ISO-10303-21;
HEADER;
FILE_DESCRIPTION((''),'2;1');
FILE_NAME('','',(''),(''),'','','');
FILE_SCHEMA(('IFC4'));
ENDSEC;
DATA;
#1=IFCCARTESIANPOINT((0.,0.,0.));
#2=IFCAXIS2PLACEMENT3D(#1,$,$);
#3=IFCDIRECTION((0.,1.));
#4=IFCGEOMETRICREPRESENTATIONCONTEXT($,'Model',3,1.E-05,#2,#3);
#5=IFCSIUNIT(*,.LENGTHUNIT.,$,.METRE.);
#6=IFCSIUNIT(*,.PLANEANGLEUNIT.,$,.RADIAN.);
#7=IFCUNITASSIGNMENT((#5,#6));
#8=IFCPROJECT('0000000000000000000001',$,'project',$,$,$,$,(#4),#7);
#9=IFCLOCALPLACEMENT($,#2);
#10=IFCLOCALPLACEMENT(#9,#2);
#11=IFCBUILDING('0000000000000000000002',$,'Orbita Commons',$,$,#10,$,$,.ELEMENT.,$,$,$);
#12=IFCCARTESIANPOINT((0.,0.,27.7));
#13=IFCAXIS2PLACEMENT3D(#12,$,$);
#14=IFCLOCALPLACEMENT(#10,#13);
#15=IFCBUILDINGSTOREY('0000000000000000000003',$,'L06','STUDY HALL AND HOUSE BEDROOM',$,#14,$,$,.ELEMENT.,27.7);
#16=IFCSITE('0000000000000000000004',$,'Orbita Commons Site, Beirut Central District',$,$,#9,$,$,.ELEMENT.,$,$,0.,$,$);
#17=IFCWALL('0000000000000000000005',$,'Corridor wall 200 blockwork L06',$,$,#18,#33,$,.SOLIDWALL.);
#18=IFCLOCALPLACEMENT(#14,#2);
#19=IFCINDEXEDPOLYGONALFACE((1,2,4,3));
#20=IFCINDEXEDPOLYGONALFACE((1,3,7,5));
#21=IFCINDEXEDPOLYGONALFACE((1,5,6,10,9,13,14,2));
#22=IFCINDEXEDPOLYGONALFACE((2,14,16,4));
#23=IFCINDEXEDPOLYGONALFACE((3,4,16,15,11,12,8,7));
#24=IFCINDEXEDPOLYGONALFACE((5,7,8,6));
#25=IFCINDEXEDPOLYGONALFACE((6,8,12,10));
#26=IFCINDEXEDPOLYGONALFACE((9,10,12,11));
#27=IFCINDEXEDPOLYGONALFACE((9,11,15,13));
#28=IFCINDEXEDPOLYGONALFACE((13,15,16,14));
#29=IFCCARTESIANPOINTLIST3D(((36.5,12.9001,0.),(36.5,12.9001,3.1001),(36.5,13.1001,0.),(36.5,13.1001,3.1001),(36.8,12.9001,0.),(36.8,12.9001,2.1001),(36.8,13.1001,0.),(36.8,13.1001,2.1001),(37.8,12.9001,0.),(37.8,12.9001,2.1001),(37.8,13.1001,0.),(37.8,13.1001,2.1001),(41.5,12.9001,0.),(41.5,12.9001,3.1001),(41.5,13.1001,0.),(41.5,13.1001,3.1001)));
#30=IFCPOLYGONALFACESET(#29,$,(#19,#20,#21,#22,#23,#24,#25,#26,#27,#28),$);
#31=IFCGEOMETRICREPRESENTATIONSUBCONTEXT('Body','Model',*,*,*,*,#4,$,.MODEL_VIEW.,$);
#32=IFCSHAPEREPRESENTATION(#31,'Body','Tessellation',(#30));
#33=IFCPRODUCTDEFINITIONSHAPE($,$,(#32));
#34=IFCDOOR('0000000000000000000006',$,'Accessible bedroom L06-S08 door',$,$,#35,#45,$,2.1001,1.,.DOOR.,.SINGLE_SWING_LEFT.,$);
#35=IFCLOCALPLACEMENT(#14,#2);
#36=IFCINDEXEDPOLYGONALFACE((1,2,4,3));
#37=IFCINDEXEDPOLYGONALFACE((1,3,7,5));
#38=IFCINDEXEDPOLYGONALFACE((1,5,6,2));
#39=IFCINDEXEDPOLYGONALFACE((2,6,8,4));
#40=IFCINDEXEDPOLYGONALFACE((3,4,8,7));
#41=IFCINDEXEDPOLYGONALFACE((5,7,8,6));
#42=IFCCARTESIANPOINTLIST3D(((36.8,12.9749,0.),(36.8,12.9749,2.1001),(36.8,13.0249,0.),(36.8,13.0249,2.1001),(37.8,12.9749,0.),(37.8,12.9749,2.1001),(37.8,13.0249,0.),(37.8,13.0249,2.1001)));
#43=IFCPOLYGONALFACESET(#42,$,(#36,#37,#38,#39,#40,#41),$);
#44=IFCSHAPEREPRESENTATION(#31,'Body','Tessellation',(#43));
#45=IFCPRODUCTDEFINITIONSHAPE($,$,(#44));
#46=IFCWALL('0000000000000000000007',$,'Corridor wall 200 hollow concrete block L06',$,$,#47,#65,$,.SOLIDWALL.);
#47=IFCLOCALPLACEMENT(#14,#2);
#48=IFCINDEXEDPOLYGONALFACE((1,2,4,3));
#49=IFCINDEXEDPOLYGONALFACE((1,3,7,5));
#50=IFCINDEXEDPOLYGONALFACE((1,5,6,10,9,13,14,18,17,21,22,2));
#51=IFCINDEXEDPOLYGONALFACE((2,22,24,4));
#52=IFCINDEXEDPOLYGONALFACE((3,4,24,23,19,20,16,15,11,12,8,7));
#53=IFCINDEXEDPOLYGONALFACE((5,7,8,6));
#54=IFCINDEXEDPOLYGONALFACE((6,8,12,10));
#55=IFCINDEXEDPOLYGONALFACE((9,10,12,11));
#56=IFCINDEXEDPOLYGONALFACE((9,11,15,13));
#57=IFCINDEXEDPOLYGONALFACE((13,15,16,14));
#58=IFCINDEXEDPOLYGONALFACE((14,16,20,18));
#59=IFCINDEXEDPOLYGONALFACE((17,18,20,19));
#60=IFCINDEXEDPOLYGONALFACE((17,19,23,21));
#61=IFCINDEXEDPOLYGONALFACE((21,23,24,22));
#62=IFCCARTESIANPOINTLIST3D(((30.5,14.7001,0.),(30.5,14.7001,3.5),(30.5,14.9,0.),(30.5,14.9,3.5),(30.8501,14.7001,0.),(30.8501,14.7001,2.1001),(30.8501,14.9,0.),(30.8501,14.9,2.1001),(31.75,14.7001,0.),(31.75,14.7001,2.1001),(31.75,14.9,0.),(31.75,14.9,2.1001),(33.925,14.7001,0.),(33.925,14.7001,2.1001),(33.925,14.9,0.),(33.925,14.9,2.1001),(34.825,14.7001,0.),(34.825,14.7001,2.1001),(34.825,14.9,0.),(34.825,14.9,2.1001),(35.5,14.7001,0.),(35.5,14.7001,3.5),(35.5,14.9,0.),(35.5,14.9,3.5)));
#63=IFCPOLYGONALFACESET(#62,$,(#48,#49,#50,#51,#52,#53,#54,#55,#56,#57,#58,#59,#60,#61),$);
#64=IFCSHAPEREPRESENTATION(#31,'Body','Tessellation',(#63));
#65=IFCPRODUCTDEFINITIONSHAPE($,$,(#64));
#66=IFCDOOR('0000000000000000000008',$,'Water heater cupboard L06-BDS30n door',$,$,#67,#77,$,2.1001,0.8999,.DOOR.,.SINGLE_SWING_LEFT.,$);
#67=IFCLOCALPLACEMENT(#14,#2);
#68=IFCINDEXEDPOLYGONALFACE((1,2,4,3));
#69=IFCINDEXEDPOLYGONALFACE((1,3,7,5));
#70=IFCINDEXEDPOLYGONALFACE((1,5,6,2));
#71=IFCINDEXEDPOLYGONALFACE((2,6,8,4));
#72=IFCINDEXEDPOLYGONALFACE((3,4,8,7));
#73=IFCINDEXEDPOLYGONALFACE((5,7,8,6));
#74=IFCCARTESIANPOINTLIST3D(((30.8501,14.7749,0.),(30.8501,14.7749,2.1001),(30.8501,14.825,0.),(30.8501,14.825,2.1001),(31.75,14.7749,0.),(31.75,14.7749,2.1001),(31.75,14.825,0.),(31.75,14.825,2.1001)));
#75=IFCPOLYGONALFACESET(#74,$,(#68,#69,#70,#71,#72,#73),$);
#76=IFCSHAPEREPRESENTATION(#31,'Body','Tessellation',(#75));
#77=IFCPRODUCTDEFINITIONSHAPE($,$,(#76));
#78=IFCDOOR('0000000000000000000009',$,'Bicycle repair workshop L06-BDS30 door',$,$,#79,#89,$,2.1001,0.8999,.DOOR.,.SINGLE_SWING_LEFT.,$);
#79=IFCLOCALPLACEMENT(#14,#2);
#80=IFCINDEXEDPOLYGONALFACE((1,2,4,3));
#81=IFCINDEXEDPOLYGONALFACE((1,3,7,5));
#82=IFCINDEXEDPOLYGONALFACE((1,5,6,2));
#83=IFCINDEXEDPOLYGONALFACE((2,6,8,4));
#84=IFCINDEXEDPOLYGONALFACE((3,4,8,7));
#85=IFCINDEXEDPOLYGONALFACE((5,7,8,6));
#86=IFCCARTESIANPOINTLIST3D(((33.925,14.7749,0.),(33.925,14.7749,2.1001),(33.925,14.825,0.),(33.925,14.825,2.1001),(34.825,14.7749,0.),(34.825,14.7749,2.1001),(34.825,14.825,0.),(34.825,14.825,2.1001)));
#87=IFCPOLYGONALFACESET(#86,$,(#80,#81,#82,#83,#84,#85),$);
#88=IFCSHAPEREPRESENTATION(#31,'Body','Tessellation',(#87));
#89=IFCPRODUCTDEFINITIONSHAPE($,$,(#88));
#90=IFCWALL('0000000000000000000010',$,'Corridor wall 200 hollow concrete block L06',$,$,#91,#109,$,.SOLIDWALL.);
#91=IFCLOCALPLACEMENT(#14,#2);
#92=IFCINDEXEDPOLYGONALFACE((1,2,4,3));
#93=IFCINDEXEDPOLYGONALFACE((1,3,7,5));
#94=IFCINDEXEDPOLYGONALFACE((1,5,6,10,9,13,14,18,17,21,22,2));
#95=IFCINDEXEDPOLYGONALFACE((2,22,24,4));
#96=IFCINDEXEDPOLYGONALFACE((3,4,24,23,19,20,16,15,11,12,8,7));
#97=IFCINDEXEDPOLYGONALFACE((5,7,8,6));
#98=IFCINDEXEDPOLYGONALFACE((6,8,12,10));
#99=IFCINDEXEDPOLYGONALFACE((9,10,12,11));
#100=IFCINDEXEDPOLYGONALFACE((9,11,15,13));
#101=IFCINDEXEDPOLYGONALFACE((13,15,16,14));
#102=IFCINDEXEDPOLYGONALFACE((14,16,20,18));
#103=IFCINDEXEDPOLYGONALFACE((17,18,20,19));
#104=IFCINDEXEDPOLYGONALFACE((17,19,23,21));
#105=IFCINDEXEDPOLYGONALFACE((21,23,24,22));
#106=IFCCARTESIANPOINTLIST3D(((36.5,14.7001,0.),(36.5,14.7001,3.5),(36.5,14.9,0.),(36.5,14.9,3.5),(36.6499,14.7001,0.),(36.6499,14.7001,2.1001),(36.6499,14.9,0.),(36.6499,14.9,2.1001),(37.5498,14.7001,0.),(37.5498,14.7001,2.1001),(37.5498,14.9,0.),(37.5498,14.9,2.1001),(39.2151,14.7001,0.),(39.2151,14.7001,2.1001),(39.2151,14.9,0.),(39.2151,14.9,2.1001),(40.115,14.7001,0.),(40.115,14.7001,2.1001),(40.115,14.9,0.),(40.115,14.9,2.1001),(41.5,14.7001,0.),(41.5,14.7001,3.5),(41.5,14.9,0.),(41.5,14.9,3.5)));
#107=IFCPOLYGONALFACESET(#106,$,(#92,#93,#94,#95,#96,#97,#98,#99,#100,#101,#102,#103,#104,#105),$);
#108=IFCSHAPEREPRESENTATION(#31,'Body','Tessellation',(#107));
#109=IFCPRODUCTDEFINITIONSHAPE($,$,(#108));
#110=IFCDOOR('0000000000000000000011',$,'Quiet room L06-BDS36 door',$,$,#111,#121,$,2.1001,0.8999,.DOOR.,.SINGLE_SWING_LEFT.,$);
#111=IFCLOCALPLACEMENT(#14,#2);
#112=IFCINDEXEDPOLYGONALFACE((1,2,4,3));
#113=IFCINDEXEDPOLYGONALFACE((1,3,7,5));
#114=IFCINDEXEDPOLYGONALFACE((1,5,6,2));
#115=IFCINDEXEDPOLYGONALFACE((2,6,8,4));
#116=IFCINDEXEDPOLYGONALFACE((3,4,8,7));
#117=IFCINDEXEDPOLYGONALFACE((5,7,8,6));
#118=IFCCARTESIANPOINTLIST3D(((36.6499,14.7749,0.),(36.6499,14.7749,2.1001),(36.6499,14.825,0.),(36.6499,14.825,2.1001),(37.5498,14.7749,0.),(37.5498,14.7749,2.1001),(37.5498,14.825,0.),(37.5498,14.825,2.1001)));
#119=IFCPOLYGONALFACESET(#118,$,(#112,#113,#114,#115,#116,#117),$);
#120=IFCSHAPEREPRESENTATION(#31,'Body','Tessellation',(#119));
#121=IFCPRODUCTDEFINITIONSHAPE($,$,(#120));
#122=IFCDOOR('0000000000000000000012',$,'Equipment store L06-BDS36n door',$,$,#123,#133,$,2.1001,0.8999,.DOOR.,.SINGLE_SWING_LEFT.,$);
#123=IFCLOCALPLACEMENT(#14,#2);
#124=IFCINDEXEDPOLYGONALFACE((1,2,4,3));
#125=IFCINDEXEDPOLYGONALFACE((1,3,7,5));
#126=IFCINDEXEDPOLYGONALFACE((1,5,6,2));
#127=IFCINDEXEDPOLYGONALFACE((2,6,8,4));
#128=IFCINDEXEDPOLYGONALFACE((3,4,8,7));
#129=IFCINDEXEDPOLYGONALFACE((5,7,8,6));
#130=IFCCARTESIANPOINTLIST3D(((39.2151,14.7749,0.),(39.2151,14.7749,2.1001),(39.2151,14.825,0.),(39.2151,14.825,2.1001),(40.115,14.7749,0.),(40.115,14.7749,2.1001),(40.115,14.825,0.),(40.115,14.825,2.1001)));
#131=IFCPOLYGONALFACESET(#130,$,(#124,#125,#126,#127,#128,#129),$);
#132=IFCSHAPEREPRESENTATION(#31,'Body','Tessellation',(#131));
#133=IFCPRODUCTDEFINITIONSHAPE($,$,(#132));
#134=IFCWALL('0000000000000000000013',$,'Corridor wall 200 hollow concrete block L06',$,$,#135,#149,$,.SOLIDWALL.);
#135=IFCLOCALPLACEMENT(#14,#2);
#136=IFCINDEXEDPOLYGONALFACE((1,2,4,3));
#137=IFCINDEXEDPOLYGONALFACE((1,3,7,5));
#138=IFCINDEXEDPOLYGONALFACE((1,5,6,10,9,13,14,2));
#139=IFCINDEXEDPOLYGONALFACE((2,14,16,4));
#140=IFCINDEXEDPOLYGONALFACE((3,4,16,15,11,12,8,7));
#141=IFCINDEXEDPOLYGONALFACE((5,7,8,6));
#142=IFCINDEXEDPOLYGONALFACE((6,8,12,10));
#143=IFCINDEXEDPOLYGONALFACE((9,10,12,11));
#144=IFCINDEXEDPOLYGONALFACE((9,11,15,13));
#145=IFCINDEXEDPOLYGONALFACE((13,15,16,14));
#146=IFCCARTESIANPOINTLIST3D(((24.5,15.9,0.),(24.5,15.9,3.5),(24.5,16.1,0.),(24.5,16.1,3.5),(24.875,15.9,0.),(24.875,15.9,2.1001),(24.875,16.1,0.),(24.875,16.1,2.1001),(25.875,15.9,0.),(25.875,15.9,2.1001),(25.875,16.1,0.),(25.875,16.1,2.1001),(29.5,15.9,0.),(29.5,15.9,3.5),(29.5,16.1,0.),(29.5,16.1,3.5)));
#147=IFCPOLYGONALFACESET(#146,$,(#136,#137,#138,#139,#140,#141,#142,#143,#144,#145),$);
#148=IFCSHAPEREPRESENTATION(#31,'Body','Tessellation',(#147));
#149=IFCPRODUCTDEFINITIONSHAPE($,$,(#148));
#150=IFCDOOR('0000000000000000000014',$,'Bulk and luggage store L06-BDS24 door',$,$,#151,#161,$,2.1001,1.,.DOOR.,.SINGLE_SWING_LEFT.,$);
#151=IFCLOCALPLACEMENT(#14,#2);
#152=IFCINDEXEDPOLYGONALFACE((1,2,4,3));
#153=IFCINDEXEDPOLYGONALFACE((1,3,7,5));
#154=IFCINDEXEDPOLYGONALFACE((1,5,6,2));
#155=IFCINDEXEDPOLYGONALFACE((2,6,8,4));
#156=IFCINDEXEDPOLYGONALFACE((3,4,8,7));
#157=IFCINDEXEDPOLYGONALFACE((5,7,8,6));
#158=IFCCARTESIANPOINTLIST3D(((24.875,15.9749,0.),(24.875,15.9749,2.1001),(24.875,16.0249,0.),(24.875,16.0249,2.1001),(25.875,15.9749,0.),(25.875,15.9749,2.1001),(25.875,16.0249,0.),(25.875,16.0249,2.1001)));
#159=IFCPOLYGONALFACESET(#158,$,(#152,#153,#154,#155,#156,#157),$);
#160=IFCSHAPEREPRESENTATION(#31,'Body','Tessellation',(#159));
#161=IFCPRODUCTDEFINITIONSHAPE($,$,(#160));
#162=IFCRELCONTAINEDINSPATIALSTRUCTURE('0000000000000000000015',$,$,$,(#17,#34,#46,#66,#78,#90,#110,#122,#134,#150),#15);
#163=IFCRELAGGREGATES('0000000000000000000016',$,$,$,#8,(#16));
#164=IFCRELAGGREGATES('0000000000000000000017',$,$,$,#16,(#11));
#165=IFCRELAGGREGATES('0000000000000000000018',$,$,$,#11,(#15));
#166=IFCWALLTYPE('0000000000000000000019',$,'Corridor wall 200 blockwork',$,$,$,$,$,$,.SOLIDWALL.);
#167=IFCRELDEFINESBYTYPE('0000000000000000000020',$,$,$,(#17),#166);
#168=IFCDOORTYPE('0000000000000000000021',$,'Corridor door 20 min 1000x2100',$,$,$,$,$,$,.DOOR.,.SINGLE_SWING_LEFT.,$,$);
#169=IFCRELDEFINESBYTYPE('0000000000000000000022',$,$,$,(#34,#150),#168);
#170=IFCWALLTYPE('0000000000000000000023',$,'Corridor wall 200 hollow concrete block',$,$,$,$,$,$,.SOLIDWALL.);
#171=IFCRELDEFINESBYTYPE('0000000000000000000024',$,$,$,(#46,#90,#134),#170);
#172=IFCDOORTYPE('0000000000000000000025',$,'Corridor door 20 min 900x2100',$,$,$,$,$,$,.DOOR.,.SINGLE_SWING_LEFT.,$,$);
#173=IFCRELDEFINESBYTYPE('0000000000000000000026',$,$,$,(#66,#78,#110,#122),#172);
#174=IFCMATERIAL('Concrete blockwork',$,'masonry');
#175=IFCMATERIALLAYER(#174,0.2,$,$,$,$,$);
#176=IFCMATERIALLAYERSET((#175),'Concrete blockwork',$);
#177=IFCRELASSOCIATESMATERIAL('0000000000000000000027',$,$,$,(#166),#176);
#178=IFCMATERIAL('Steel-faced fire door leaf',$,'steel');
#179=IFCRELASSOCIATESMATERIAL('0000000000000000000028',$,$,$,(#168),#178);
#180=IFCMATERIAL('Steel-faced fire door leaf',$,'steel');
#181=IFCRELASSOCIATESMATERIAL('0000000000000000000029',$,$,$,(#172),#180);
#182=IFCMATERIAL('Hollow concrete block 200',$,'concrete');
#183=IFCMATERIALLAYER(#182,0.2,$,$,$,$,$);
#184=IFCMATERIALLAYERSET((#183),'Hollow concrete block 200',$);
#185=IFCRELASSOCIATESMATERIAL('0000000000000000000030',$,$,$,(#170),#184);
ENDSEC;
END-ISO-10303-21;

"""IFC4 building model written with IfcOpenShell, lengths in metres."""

from ifc_helpers import new_model, si_unit, direction, frame, frame_2d, origin, place, context, subcontext, project, spatial, polyline, rectangle, outline, extrude, material, layer, layer_set, type_object, element, fill, save


model = new_model("IFC4")

# Units and contexts
model_context = context("Model", 3, precision=1e-05, world=origin(), true_north=direction((0.0, 1.0)))
body_context = subcontext(model_context, "Body", "Model", "MODEL_VIEW")
ifc_project = project(units=[si_unit("LENGTHUNIT", "METRE"), si_unit("PLANEANGLEUNIT", "RADIAN")], contexts=[model_context])

# Site, building, storey
site_placement = place(None, origin())
site = spatial("IfcSite", under=ifc_project, at=site_placement, Name="Orbita Commons Site, Beirut Central District", CompositionType="ELEMENT", RefElevation=0.0)
building_placement = place(site_placement, origin())
building = spatial("IfcBuilding", under=site, at=building_placement, Name="Orbita Commons", CompositionType="ELEMENT")
storey_placement = place(building_placement, frame((0.0, 0.0, 27.7)))
storey = spatial("IfcBuildingStorey", under=building, at=storey_placement, Name="L06", Description="STUDY HALL AND HOUSE BEDROOM", CompositionType="ELEMENT", Elevation=27.7)

# Shared definitions
ifc_material_1 = material(Name="Concrete blockwork", Category="masonry")
ifc_layer_1 = layer(ifc_material_1, 0.2)
ifc_layer_set_1 = layer_set([ifc_layer_1], Name="Concrete blockwork")
wall_type_1 = type_object("IfcWallType", Name="Corridor wall 200 blockwork", PredefinedType="SOLIDWALL", material=ifc_layer_set_1)
ifc_material_2 = material(Name="Steel-faced fire door leaf", Category="steel")
door_type_1 = type_object("IfcDoorType", Name="Corridor door 20 min 1000x2100", OperationType="SINGLE_SWING_LEFT", PredefinedType="DOOR", material=ifc_material_2)

# Shared definitions
ifc_material_3 = material(Name="Steel-faced fire door leaf", Category="steel")
door_type_2 = type_object("IfcDoorType", Name="Corridor door 20 min 900x2100", OperationType="SINGLE_SWING_LEFT", PredefinedType="DOOR", material=ifc_material_3)

# Wall, opening, door
wall_1_placement = place(storey_placement, frame((36.5, 13.0, 0.0), z_axis=(0.0, 0.0, 1.0), x_axis=(1.0, 0.0, 0.0)))
wall_1 = element("IfcWall", 1, at=wall_1_placement, inside=storey, type_object=wall_type_1, Name="Corridor wall 200 blockwork L06", PredefinedType="SOLIDWALL", context=body_context, shape_type="SweptSolid", body=[
    extrude(outline(polyline([(0.0, 0.0), (5.0, 0.0), (5.0, 3.1001), (0.0, 3.1001), (0.0, 0.0)])), frame((0.0, 0.1001, 0.0), z_axis=(0.0, -1.0, 0.0), x_axis=(1.0, 0.0, 0.0)), (0.0, 0.0, 1.0), 0.2),
])
opening_1_placement = place(wall_1_placement, frame((0.3, 0.0, 0.0)))
opening_1 = element("IfcOpeningElement", 2, at=opening_1_placement, cuts=wall_1, PredefinedType="OPENING", context=body_context, shape_type="SweptSolid", body=[
    extrude(rectangle(XDim=1.0, YDim=2.1001, at=frame_2d((0.5, 1.05))), frame((0.0, 0.1099, 0.0), z_axis=(0.0, -1.0, 0.0), x_axis=(1.0, 0.0, 0.0)), (0.0, 0.0, 1.0), 0.22),
])
door_1_placement = place(opening_1_placement, origin())
door_1 = element("IfcDoor", 3, at=door_1_placement, inside=storey, type_object=door_type_1, Name="Accessible bedroom L06-S08 door", OperationType="SINGLE_SWING_LEFT", OverallHeight=2.1001, OverallWidth=1.0, PredefinedType="DOOR", context=body_context, shape_type="SweptSolid", body=[
    extrude(rectangle(XDim=1.0, YDim=2.1001, at=frame_2d((0.5, 1.05))), frame((0.0, 0.0249, 0.0), z_axis=(0.0, -1.0, 0.0), x_axis=(1.0, 0.0, 0.0)), (0.0, 0.0, 1.0), 0.05),
])
fill(opening_1, door_1)

# Walls, openings, doors
ifc_material_4 = material(Name="Hollow concrete block 200", Category="concrete")
ifc_layer_2 = layer(ifc_material_4, 0.2)
ifc_layer_set_2 = layer_set([ifc_layer_2], Name="Hollow concrete block 200")
wall_type_2 = type_object("IfcWallType", Name="Corridor wall 200 hollow concrete block", PredefinedType="SOLIDWALL", material=ifc_layer_set_2)
wall_2_placement = place(storey_placement, frame((30.5, 14.8, 0.0), z_axis=(0.0, 0.0, 1.0), x_axis=(1.0, 0.0, 0.0)))
wall_2 = element("IfcWall", 4, at=wall_2_placement, inside=storey, type_object=wall_type_2, Name="Corridor wall 200 hollow concrete block L06", PredefinedType="SOLIDWALL", context=body_context, shape_type="SweptSolid", body=[
    extrude(rectangle(XDim=5.0, YDim=0.2, at=frame_2d((2.5, 0.0))), origin(), (0.0, 0.0, 1.0), 3.5),
])
opening_2_placement = place(wall_2_placement, frame((0.3501, 0.0, 0.0)))
opening_2 = element("IfcOpeningElement", 5, at=opening_2_placement, cuts=wall_2, PredefinedType="OPENING", context=body_context, shape_type="SweptSolid", body=[
    extrude(rectangle(XDim=0.8999, YDim=2.1001, at=frame_2d((0.45, 1.05))), frame((0.0, 0.1099, 0.0), z_axis=(0.0, -1.0, 0.0), x_axis=(1.0, 0.0, 0.0)), (0.0, 0.0, 1.0), 0.22),
])
opening_3_placement = place(wall_2_placement, frame((3.425, 0.0, 0.0)))
opening_3 = element("IfcOpeningElement", 6, at=opening_3_placement, cuts=wall_2, PredefinedType="OPENING", context=body_context, shape_type="SweptSolid", body=[
    extrude(rectangle(XDim=0.8999, YDim=2.1001, at=frame_2d((0.45, 1.05))), frame((0.0, 0.1099, 0.0), z_axis=(0.0, -1.0, 0.0), x_axis=(1.0, 0.0, 0.0)), (0.0, 0.0, 1.0), 0.22),
])
door_2_placement = place(opening_2_placement, origin())
door_2 = element("IfcDoor", 7, at=door_2_placement, inside=storey, type_object=door_type_2, Name="Water heater cupboard L06-BDS30n door", OperationType="SINGLE_SWING_LEFT", OverallHeight=2.1001, OverallWidth=0.8999, PredefinedType="DOOR", context=body_context, shape_type="SweptSolid", body=[
    extrude(rectangle(XDim=0.8999, YDim=2.1001, at=frame_2d((0.45, 1.05))), frame((0.0, 0.0249, 0.0), z_axis=(0.0, -1.0, 0.0), x_axis=(1.0, 0.0, 0.0)), (0.0, 0.0, 1.0), 0.05),
])
fill(opening_2, door_2)
door_3_placement = place(opening_3_placement, origin())
door_3 = element("IfcDoor", 8, at=door_3_placement, inside=storey, type_object=door_type_2, Name="Bicycle repair workshop L06-BDS30 door", OperationType="SINGLE_SWING_LEFT", OverallHeight=2.1001, OverallWidth=0.8999, PredefinedType="DOOR", context=body_context, shape_type="SweptSolid", body=[
    extrude(rectangle(XDim=0.8999, YDim=2.1001, at=frame_2d((0.45, 1.05))), frame((0.0, 0.0249, 0.0), z_axis=(0.0, -1.0, 0.0), x_axis=(1.0, 0.0, 0.0)), (0.0, 0.0, 1.0), 0.05),
])
fill(opening_3, door_3)
wall_3_placement = place(storey_placement, frame((36.5, 14.8, 0.0), z_axis=(0.0, 0.0, 1.0), x_axis=(1.0, 0.0, 0.0)))
wall_3 = element("IfcWall", 9, at=wall_3_placement, inside=storey, type_object=wall_type_2, Name="Corridor wall 200 hollow concrete block L06", PredefinedType="SOLIDWALL", context=body_context, shape_type="SweptSolid", body=[
    extrude(rectangle(XDim=5.0, YDim=0.2, at=frame_2d((2.5, 0.0))), origin(), (0.0, 0.0, 1.0), 3.5),
])
opening_4_placement = place(wall_3_placement, frame((0.1499, 0.0, 0.0)))
opening_4 = element("IfcOpeningElement", 10, at=opening_4_placement, cuts=wall_3, PredefinedType="OPENING", context=body_context, shape_type="SweptSolid", body=[
    extrude(rectangle(XDim=0.8999, YDim=2.1001, at=frame_2d((0.45, 1.05))), frame((0.0, 0.1099, 0.0), z_axis=(0.0, -1.0, 0.0), x_axis=(1.0, 0.0, 0.0)), (0.0, 0.0, 1.0), 0.22),
])
opening_5_placement = place(wall_3_placement, frame((2.7151, 0.0, 0.0)))
opening_5 = element("IfcOpeningElement", 11, at=opening_5_placement, cuts=wall_3, PredefinedType="OPENING", context=body_context, shape_type="SweptSolid", body=[
    extrude(rectangle(XDim=0.8999, YDim=2.1001, at=frame_2d((0.45, 1.05))), frame((0.0, 0.1099, 0.0), z_axis=(0.0, -1.0, 0.0), x_axis=(1.0, 0.0, 0.0)), (0.0, 0.0, 1.0), 0.22),
])
door_4_placement = place(opening_4_placement, origin())
door_4 = element("IfcDoor", 12, at=door_4_placement, inside=storey, type_object=door_type_2, Name="Quiet room L06-BDS36 door", OperationType="SINGLE_SWING_LEFT", OverallHeight=2.1001, OverallWidth=0.8999, PredefinedType="DOOR", context=body_context, shape_type="SweptSolid", body=[
    extrude(rectangle(XDim=0.8999, YDim=2.1001, at=frame_2d((0.45, 1.05))), frame((0.0, 0.0249, 0.0), z_axis=(0.0, -1.0, 0.0), x_axis=(1.0, 0.0, 0.0)), (0.0, 0.0, 1.0), 0.05),
])
fill(opening_4, door_4)
door_5_placement = place(opening_5_placement, origin())
door_5 = element("IfcDoor", 13, at=door_5_placement, inside=storey, type_object=door_type_2, Name="Equipment store L06-BDS36n door", OperationType="SINGLE_SWING_LEFT", OverallHeight=2.1001, OverallWidth=0.8999, PredefinedType="DOOR", context=body_context, shape_type="SweptSolid", body=[
    extrude(rectangle(XDim=0.8999, YDim=2.1001, at=frame_2d((0.45, 1.05))), frame((0.0, 0.0249, 0.0), z_axis=(0.0, -1.0, 0.0), x_axis=(1.0, 0.0, 0.0)), (0.0, 0.0, 1.0), 0.05),
])
fill(opening_5, door_5)

# Wall, opening, door
wall_4_placement = place(storey_placement, frame((24.5, 16.0, 0.0), z_axis=(0.0, 0.0, 1.0), x_axis=(1.0, 0.0, 0.0)))
wall_4 = element("IfcWall", 14, at=wall_4_placement, inside=storey, type_object=wall_type_2, Name="Corridor wall 200 hollow concrete block L06", PredefinedType="SOLIDWALL", context=body_context, shape_type="SweptSolid", body=[
    extrude(rectangle(XDim=5.0, YDim=0.2, at=frame_2d((2.5, 0.0))), origin(), (0.0, 0.0, 1.0), 3.5),
])
opening_6_placement = place(wall_4_placement, frame((0.375, 0.0, 0.0)))
opening_6 = element("IfcOpeningElement", 15, at=opening_6_placement, cuts=wall_4, PredefinedType="OPENING", context=body_context, shape_type="SweptSolid", body=[
    extrude(rectangle(XDim=1.0, YDim=2.1001, at=frame_2d((0.5, 1.05))), frame((0.0, 0.1099, 0.0), z_axis=(0.0, -1.0, 0.0), x_axis=(1.0, 0.0, 0.0)), (0.0, 0.0, 1.0), 0.22),
])
door_6_placement = place(opening_6_placement, origin())
door_6 = element("IfcDoor", 16, at=door_6_placement, inside=storey, type_object=door_type_1, Name="Bulk and luggage store L06-BDS24 door", OperationType="SINGLE_SWING_LEFT", OverallHeight=2.1001, OverallWidth=1.0, PredefinedType="DOOR", context=body_context, shape_type="SweptSolid", body=[
    extrude(rectangle(XDim=1.0, YDim=2.1001, at=frame_2d((0.5, 1.05))), frame((0.0, 0.0249, 0.0), z_axis=(0.0, -1.0, 0.0), x_axis=(1.0, 0.0, 0.0)), (0.0, 0.0, 1.0), 0.05),
])
fill(opening_6, door_6)

save(model, "model.ifc")
